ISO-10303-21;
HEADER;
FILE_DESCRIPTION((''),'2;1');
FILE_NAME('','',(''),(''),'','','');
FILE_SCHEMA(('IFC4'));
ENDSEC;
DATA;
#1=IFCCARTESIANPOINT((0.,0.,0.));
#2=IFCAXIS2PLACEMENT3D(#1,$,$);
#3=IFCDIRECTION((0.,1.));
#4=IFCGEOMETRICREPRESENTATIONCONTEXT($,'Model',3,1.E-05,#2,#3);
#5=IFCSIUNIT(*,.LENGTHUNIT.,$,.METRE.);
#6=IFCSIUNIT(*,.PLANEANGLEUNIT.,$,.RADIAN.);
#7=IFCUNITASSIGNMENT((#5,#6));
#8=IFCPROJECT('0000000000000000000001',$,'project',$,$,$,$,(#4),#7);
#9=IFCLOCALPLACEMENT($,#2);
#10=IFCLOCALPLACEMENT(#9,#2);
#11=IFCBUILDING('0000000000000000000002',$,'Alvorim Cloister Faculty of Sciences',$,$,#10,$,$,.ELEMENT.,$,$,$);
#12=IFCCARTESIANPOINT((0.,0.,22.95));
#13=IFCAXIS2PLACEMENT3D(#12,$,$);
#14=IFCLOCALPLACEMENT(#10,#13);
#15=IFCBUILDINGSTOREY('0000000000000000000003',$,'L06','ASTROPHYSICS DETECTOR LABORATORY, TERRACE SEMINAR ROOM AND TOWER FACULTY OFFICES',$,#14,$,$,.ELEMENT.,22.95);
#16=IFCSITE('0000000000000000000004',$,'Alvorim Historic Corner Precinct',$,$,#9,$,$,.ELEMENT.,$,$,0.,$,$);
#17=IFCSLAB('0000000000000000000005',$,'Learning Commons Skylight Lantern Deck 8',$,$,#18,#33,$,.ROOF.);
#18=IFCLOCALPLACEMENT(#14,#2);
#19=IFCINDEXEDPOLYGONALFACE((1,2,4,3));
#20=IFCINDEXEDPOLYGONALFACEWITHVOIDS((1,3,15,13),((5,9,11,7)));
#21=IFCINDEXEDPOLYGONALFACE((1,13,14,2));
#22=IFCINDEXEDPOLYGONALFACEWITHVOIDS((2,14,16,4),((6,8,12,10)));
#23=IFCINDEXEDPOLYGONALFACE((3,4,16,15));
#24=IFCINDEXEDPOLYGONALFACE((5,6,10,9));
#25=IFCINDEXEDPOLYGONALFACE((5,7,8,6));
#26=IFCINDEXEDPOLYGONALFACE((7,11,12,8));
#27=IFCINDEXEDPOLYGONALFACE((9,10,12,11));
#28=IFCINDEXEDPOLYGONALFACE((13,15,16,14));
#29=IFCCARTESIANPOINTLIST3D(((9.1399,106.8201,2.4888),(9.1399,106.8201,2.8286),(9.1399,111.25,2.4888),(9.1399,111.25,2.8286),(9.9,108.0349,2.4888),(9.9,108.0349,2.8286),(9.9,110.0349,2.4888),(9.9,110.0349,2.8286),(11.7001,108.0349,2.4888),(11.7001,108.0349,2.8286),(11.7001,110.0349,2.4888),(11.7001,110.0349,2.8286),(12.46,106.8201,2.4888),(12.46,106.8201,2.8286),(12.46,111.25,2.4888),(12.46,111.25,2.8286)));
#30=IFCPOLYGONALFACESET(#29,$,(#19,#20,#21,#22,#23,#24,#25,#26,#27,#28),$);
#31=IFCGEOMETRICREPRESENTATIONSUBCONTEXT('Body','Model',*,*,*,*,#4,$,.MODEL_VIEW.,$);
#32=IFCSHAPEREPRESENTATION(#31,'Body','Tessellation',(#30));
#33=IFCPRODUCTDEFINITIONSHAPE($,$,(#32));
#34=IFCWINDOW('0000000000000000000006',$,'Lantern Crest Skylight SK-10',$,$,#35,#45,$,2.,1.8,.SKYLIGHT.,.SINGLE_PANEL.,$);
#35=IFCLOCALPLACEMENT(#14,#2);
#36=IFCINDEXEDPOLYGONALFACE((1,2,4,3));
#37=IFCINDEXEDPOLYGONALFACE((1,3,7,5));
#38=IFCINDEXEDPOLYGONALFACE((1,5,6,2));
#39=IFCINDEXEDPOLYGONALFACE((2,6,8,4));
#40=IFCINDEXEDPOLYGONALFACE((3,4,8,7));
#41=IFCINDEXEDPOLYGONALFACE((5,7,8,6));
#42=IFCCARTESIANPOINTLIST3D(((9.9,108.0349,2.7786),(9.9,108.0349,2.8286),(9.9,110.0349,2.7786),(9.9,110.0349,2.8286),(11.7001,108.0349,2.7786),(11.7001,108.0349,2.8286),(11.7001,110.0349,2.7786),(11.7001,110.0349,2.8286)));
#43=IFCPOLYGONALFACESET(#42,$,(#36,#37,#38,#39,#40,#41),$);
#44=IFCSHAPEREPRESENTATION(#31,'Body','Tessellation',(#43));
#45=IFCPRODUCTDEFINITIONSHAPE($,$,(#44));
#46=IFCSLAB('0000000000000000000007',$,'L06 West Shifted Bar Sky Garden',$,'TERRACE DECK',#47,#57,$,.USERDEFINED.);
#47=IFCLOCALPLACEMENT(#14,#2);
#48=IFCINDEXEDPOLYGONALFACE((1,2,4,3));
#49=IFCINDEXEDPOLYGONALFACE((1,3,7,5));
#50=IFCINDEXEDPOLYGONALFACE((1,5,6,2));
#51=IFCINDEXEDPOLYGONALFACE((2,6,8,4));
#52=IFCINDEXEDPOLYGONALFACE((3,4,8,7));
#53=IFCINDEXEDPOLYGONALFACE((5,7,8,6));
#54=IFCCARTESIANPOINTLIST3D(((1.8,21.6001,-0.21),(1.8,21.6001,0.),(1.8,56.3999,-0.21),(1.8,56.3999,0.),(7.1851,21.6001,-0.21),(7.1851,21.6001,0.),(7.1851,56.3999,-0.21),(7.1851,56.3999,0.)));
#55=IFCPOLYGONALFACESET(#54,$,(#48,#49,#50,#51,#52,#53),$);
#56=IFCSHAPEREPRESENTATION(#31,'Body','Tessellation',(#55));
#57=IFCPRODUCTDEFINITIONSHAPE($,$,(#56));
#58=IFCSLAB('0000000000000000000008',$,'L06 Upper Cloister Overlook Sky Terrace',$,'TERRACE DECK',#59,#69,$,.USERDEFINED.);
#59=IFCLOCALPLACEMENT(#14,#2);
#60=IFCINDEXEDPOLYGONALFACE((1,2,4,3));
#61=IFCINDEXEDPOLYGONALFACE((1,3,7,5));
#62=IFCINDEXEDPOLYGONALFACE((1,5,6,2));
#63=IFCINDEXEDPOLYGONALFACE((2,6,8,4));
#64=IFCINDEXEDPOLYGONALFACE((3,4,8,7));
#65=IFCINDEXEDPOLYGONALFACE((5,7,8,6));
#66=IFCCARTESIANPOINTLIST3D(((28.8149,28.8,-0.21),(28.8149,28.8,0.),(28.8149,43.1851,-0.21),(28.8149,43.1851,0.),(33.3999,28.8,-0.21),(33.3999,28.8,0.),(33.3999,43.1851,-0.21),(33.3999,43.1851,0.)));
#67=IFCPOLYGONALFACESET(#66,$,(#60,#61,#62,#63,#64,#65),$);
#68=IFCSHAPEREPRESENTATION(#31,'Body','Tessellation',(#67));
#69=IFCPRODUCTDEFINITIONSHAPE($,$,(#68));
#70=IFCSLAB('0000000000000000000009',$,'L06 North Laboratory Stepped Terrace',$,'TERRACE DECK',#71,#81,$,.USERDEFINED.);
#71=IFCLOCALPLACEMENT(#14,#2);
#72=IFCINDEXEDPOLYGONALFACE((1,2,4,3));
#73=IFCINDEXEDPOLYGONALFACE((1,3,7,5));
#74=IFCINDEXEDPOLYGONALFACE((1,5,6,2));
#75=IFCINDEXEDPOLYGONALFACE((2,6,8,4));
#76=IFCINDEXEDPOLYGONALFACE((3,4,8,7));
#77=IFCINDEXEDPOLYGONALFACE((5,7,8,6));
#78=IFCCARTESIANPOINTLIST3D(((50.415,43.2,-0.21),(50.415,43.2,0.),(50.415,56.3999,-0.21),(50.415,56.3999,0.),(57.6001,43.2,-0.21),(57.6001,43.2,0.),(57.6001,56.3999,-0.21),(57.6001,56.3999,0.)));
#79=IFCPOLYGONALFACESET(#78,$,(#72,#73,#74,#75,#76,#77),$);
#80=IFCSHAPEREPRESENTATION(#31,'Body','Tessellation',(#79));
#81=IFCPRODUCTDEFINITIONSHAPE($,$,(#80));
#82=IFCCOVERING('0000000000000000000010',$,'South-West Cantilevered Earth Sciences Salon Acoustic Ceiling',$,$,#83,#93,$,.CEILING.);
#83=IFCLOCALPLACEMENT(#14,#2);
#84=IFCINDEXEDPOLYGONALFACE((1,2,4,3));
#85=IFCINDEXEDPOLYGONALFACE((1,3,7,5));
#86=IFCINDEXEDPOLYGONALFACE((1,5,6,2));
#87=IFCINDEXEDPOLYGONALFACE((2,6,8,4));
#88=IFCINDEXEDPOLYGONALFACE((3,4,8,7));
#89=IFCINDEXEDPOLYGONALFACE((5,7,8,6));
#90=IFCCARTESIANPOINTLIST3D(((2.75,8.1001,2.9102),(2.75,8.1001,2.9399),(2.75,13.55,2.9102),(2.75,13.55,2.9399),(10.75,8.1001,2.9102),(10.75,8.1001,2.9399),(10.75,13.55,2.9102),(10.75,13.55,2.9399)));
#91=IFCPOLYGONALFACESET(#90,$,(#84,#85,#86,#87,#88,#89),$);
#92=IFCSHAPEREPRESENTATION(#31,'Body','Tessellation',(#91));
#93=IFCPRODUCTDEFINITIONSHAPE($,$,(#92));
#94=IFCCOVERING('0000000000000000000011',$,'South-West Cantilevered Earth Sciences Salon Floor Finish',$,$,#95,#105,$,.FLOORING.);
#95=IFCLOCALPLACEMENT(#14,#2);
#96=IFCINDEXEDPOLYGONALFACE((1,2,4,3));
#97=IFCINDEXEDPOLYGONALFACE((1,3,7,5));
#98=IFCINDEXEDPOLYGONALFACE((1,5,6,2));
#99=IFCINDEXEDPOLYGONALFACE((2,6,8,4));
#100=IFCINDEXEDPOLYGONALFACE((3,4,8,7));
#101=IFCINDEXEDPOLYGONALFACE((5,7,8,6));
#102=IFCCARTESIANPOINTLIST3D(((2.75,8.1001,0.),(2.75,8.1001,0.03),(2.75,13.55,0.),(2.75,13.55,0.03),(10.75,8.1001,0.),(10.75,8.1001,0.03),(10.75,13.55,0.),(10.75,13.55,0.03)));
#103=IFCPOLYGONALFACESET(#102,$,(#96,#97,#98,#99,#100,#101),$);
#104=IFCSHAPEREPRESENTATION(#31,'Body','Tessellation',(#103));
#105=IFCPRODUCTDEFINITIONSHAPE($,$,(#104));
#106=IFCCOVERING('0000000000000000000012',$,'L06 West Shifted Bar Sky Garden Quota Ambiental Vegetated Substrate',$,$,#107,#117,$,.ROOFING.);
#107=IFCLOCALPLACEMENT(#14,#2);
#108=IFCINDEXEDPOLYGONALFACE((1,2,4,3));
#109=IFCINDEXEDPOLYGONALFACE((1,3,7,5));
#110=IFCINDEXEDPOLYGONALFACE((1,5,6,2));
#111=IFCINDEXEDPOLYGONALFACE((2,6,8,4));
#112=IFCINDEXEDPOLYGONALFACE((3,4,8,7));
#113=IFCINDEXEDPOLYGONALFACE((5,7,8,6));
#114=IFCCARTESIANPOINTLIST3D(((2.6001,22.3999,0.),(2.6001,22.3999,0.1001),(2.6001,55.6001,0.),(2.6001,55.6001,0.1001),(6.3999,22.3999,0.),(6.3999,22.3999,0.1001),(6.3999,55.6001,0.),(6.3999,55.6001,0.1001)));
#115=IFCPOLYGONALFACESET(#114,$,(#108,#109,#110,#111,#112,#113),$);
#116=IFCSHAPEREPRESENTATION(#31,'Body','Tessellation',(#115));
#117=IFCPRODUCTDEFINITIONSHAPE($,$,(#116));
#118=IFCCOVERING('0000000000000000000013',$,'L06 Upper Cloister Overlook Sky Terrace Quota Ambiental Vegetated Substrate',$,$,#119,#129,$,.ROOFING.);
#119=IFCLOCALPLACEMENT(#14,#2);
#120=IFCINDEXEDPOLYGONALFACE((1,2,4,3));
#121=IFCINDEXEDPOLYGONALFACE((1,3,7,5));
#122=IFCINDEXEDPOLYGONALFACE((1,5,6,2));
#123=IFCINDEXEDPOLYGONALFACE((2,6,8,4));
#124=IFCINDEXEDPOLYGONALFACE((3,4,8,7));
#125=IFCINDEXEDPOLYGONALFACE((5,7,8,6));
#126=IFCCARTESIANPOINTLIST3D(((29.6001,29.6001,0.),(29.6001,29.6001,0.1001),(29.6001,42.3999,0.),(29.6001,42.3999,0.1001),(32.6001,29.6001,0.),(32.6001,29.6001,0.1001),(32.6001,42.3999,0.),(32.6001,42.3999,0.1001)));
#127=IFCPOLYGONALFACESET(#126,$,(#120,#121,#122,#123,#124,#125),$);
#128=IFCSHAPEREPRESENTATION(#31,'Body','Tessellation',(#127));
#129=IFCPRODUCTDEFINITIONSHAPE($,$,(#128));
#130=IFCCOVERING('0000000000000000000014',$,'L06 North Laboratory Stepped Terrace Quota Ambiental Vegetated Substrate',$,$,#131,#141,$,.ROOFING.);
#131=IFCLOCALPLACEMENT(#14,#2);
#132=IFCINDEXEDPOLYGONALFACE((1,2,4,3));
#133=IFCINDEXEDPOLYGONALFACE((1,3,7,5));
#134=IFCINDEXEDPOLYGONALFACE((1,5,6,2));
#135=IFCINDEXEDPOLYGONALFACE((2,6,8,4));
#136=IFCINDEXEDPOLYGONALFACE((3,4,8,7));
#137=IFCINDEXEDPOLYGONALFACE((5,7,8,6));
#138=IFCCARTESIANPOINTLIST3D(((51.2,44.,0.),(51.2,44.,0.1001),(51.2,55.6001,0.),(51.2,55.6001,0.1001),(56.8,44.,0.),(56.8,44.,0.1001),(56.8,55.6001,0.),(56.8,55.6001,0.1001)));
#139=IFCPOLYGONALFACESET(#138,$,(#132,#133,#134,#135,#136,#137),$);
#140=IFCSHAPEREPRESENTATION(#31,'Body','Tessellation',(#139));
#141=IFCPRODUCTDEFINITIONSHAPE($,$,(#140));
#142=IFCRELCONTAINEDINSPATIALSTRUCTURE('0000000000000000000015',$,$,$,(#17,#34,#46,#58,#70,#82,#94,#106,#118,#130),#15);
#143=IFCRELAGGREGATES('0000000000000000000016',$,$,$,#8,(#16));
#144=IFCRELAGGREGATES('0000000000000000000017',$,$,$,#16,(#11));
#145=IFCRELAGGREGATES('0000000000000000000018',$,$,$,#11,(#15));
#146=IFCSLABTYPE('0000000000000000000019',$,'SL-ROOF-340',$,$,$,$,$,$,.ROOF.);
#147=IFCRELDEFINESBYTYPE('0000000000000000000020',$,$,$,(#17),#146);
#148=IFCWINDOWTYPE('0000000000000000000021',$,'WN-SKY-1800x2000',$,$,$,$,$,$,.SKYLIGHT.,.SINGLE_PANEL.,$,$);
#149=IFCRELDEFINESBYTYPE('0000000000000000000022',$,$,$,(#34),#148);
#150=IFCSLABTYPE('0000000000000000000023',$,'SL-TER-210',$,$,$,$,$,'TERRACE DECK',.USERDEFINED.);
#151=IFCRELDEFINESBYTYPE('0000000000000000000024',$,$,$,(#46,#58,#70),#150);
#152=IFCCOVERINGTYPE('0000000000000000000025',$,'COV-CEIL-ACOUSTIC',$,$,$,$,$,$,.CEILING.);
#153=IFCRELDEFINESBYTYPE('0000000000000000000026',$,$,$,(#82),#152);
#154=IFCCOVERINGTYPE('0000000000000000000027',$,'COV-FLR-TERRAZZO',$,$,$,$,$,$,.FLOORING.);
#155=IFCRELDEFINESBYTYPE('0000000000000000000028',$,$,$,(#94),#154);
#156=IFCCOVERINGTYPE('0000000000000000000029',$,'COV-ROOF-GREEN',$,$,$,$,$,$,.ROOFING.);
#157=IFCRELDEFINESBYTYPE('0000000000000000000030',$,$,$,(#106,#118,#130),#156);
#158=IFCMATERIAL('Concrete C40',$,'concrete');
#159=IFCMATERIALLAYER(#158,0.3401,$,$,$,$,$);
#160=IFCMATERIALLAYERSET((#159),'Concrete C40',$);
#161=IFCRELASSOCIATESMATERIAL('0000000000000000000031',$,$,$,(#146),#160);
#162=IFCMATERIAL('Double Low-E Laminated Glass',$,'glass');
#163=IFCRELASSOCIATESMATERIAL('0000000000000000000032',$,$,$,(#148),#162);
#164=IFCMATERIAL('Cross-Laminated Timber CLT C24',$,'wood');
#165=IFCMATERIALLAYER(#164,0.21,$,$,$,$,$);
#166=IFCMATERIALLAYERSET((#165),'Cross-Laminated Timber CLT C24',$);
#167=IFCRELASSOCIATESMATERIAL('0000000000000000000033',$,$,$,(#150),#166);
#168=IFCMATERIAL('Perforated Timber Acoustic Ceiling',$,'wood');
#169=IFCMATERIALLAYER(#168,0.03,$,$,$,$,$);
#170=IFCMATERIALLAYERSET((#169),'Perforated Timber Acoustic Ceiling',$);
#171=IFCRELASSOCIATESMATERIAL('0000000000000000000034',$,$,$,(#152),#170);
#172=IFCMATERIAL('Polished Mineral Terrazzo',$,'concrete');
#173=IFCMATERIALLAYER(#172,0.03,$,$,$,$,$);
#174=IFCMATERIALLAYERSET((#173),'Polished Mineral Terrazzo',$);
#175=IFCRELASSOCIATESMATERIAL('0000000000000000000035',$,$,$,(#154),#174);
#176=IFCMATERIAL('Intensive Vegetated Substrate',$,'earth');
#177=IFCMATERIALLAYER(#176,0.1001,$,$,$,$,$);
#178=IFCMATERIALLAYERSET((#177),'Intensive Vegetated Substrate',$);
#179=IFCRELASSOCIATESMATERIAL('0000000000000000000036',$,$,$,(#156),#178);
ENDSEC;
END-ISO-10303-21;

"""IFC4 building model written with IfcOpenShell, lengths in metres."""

from ifc_helpers import new_model, si_unit, direction, frame, origin, origin_2d, place, context, subcontext, project, spatial, polyline, rectangle, outline, extrude, material, layer, layer_set, type_object, element, fill, save


model = new_model("IFC4")

# Units and contexts
model_context = context("Model", 3, precision=1e-05, world=origin(), true_north=direction((0.0, 1.0)))
body_context = subcontext(model_context, "Body", "Model", "MODEL_VIEW")
ifc_project = project(units=[si_unit("LENGTHUNIT", "METRE"), si_unit("PLANEANGLEUNIT", "RADIAN")], contexts=[model_context])

# Site, building, storey
site_placement = place(None, origin())
site = spatial("IfcSite", under=ifc_project, at=site_placement, Name="Alvorim Historic Corner Precinct", CompositionType="ELEMENT", RefElevation=0.0)
building_placement = place(site_placement, origin())
building = spatial("IfcBuilding", under=site, at=building_placement, Name="Alvorim Cloister Faculty of Sciences", CompositionType="ELEMENT")
storey_placement = place(building_placement, frame((0.0, 0.0, 22.95)))
storey = spatial("IfcBuildingStorey", under=building, at=storey_placement, Name="L06", Description="ASTROPHYSICS DETECTOR LABORATORY, TERRACE SEMINAR ROOM AND TOWER FACULTY OFFICES", CompositionType="ELEMENT", Elevation=22.95)

# Shared definitions
ifc_material_1 = material(Name="Cross-Laminated Timber CLT C24", Category="wood")

# Shared definitions
ifc_material_2 = material(Name="Concrete C40", Category="concrete")

# Slab, opening, window
ifc_layer_1 = layer(ifc_material_2, 0.3401)
ifc_layer_set_1 = layer_set([ifc_layer_1], Name="Concrete C40")
slab_type_1 = type_object("IfcSlabType", Name="SL-ROOF-340", PredefinedType="ROOF", material=ifc_layer_set_1)
ifc_material_3 = material(Name="Double Low-E Laminated Glass", Category="glass")
window_type = type_object("IfcWindowType", Name="WN-SKY-1800x2000", PartitioningType="SINGLE_PANEL", PredefinedType="SKYLIGHT", material=ifc_material_3)
slab_1_placement = place(storey_placement, frame((0.0, 0.0, 2.4888)))
slab_1 = element("IfcSlab", 1, at=slab_1_placement, inside=storey, type_object=slab_type_1, Name="Learning Commons Skylight Lantern Deck 8", PredefinedType="ROOF", context=body_context, shape_type="SweptSolid", body=[
    extrude(outline(polyline([(9.1399, 106.8201), (12.46, 106.8201), (12.46, 111.25), (9.1399, 111.25), (9.1399, 106.8201)])), origin(), (0.0, 0.0, 1.0), 0.3398),
])
opening_1_placement = place(slab_1_placement, frame((10.8, 109.0349, -0.012)))
opening_1 = element("IfcOpeningElement", 2, at=opening_1_placement, cuts=slab_1, PredefinedType="OPENING", context=body_context, shape_type="SweptSolid", body=[
    extrude(rectangle(XDim=1.8, YDim=2.0, at=origin_2d()), origin(), (0.0, 0.0, 1.0), 0.3638),
])
window_1_placement = place(slab_1_placement, frame((10.8, 109.0349, 0.2898)))
window_1 = element("IfcWindow", 3, at=window_1_placement, inside=storey, type_object=window_type, Name="Lantern Crest Skylight SK-10", OverallHeight=2.0, OverallWidth=1.8, PartitioningType="SINGLE_PANEL", PredefinedType="SKYLIGHT", context=body_context, shape_type="SweptSolid", body=[
    extrude(rectangle(XDim=1.8, YDim=2.0, at=origin_2d()), origin(), (0.0, 0.0, 1.0), 0.05),
])
fill(opening_1, window_1)

# Slabs
ifc_layer_2 = layer(ifc_material_1, 0.21)
ifc_layer_set_2 = layer_set([ifc_layer_2], Name="Cross-Laminated Timber CLT C24")
slab_type_2 = type_object("IfcSlabType", Name="SL-TER-210", ElementType="TERRACE DECK", PredefinedType="USERDEFINED", material=ifc_layer_set_2)
slab_2_placement = place(storey_placement, frame((0.0, 0.0, -0.21)))
element("IfcSlab", 4, at=slab_2_placement, inside=storey, type_object=slab_type_2, Name="L06 West Shifted Bar Sky Garden", ObjectType="TERRACE DECK", PredefinedType="USERDEFINED", context=body_context, shape_type="SweptSolid", body=[
    extrude(outline(polyline([(1.8, 21.6001), (1.8, 56.3999), (7.1851, 56.3999), (7.1851, 21.6001), (1.8, 21.6001)])), origin(), (0.0, 0.0, 1.0), 0.21),
])
slab_3_placement = place(storey_placement, frame((0.0, 0.0, -0.21)))
element("IfcSlab", 5, at=slab_3_placement, inside=storey, type_object=slab_type_2, Name="L06 Upper Cloister Overlook Sky Terrace", ObjectType="TERRACE DECK", PredefinedType="USERDEFINED", context=body_context, shape_type="SweptSolid", body=[
    extrude(outline(polyline([(33.3999, 28.8), (28.8149, 28.8), (28.8149, 43.1851), (33.3999, 43.1851), (33.3999, 28.8)])), origin(), (0.0, 0.0, 1.0), 0.21),
])
slab_4_placement = place(storey_placement, frame((0.0, 0.0, -0.21)))
element("IfcSlab", 6, at=slab_4_placement, inside=storey, type_object=slab_type_2, Name="L06 North Laboratory Stepped Terrace", ObjectType="TERRACE DECK", PredefinedType="USERDEFINED", context=body_context, shape_type="SweptSolid", body=[
    extrude(outline(polyline([(57.6001, 56.3999), (57.6001, 43.2), (50.415, 43.2), (50.415, 56.3999), (57.6001, 56.3999)])), origin(), (0.0, 0.0, 1.0), 0.21),
])

# Coverings
ifc_material_4 = material(Name="Perforated Timber Acoustic Ceiling", Category="wood")
ifc_layer_3 = layer(ifc_material_4, 0.03)
ifc_layer_set_3 = layer_set([ifc_layer_3], Name="Perforated Timber Acoustic Ceiling")
covering_type_1 = type_object("IfcCoveringType", Name="COV-CEIL-ACOUSTIC", PredefinedType="CEILING", material=ifc_layer_set_3)
covering_1_placement = place(storey_placement, frame((0.0, 0.0, 2.9102)))
element("IfcCovering", 7, at=covering_1_placement, inside=storey, type_object=covering_type_1, Name="South-West Cantilevered Earth Sciences Salon Acoustic Ceiling", PredefinedType="CEILING", context=body_context, shape_type="SweptSolid", body=[
    extrude(outline(polyline([(2.75, 8.1001), (10.75, 8.1001), (10.75, 13.55), (2.75, 13.55), (2.75, 8.1001)])), origin(), (0.0, 0.0, 1.0), 0.0298),
])
ifc_material_5 = material(Name="Polished Mineral Terrazzo", Category="concrete")
ifc_layer_4 = layer(ifc_material_5, 0.03)
ifc_layer_set_4 = layer_set([ifc_layer_4], Name="Polished Mineral Terrazzo")
covering_type_2 = type_object("IfcCoveringType", Name="COV-FLR-TERRAZZO", PredefinedType="FLOORING", material=ifc_layer_set_4)
covering_2_placement = place(storey_placement, origin())
element("IfcCovering", 8, at=covering_2_placement, inside=storey, type_object=covering_type_2, Name="South-West Cantilevered Earth Sciences Salon Floor Finish", PredefinedType="FLOORING", context=body_context, shape_type="SweptSolid", body=[
    extrude(outline(polyline([(2.75, 8.1001), (10.75, 8.1001), (10.75, 13.55), (2.75, 13.55), (2.75, 8.1001)])), origin(), (0.0, 0.0, 1.0), 0.03),
])
ifc_material_6 = material(Name="Intensive Vegetated Substrate", Category="earth")
ifc_layer_5 = layer(ifc_material_6, 0.1001)
ifc_layer_set_5 = layer_set([ifc_layer_5], Name="Intensive Vegetated Substrate")
covering_type_3 = type_object("IfcCoveringType", Name="COV-ROOF-GREEN", PredefinedType="ROOFING", material=ifc_layer_set_5)
covering_3_placement = place(storey_placement, origin())
element("IfcCovering", 9, at=covering_3_placement, inside=storey, type_object=covering_type_3, Name="L06 West Shifted Bar Sky Garden Quota Ambiental Vegetated Substrate", PredefinedType="ROOFING", context=body_context, shape_type="SweptSolid", body=[
    extrude(outline(polyline([(2.6001, 22.3999), (6.3999, 22.3999), (6.3999, 55.6001), (2.6001, 55.6001), (2.6001, 22.3999)])), origin(), (0.0, 0.0, 1.0), 0.1001),
])
covering_4_placement = place(storey_placement, origin())
element("IfcCovering", 10, at=covering_4_placement, inside=storey, type_object=covering_type_3, Name="L06 Upper Cloister Overlook Sky Terrace Quota Ambiental Vegetated Substrate", PredefinedType="ROOFING", context=body_context, shape_type="SweptSolid", body=[
    extrude(outline(polyline([(29.6001, 29.6001), (32.6001, 29.6001), (32.6001, 42.3999), (29.6001, 42.3999), (29.6001, 29.6001)])), origin(), (0.0, 0.0, 1.0), 0.1001),
])
covering_5_placement = place(storey_placement, origin())
element("IfcCovering", 11, at=covering_5_placement, inside=storey, type_object=covering_type_3, Name="L06 North Laboratory Stepped Terrace Quota Ambiental Vegetated Substrate", PredefinedType="ROOFING", context=body_context, shape_type="SweptSolid", body=[
    extrude(outline(polyline([(51.2, 44.0), (56.8, 44.0), (56.8, 55.6001), (51.2, 55.6001), (51.2, 44.0)])), origin(), (0.0, 0.0, 1.0), 0.1001),
])

save(model, "model.ifc")
